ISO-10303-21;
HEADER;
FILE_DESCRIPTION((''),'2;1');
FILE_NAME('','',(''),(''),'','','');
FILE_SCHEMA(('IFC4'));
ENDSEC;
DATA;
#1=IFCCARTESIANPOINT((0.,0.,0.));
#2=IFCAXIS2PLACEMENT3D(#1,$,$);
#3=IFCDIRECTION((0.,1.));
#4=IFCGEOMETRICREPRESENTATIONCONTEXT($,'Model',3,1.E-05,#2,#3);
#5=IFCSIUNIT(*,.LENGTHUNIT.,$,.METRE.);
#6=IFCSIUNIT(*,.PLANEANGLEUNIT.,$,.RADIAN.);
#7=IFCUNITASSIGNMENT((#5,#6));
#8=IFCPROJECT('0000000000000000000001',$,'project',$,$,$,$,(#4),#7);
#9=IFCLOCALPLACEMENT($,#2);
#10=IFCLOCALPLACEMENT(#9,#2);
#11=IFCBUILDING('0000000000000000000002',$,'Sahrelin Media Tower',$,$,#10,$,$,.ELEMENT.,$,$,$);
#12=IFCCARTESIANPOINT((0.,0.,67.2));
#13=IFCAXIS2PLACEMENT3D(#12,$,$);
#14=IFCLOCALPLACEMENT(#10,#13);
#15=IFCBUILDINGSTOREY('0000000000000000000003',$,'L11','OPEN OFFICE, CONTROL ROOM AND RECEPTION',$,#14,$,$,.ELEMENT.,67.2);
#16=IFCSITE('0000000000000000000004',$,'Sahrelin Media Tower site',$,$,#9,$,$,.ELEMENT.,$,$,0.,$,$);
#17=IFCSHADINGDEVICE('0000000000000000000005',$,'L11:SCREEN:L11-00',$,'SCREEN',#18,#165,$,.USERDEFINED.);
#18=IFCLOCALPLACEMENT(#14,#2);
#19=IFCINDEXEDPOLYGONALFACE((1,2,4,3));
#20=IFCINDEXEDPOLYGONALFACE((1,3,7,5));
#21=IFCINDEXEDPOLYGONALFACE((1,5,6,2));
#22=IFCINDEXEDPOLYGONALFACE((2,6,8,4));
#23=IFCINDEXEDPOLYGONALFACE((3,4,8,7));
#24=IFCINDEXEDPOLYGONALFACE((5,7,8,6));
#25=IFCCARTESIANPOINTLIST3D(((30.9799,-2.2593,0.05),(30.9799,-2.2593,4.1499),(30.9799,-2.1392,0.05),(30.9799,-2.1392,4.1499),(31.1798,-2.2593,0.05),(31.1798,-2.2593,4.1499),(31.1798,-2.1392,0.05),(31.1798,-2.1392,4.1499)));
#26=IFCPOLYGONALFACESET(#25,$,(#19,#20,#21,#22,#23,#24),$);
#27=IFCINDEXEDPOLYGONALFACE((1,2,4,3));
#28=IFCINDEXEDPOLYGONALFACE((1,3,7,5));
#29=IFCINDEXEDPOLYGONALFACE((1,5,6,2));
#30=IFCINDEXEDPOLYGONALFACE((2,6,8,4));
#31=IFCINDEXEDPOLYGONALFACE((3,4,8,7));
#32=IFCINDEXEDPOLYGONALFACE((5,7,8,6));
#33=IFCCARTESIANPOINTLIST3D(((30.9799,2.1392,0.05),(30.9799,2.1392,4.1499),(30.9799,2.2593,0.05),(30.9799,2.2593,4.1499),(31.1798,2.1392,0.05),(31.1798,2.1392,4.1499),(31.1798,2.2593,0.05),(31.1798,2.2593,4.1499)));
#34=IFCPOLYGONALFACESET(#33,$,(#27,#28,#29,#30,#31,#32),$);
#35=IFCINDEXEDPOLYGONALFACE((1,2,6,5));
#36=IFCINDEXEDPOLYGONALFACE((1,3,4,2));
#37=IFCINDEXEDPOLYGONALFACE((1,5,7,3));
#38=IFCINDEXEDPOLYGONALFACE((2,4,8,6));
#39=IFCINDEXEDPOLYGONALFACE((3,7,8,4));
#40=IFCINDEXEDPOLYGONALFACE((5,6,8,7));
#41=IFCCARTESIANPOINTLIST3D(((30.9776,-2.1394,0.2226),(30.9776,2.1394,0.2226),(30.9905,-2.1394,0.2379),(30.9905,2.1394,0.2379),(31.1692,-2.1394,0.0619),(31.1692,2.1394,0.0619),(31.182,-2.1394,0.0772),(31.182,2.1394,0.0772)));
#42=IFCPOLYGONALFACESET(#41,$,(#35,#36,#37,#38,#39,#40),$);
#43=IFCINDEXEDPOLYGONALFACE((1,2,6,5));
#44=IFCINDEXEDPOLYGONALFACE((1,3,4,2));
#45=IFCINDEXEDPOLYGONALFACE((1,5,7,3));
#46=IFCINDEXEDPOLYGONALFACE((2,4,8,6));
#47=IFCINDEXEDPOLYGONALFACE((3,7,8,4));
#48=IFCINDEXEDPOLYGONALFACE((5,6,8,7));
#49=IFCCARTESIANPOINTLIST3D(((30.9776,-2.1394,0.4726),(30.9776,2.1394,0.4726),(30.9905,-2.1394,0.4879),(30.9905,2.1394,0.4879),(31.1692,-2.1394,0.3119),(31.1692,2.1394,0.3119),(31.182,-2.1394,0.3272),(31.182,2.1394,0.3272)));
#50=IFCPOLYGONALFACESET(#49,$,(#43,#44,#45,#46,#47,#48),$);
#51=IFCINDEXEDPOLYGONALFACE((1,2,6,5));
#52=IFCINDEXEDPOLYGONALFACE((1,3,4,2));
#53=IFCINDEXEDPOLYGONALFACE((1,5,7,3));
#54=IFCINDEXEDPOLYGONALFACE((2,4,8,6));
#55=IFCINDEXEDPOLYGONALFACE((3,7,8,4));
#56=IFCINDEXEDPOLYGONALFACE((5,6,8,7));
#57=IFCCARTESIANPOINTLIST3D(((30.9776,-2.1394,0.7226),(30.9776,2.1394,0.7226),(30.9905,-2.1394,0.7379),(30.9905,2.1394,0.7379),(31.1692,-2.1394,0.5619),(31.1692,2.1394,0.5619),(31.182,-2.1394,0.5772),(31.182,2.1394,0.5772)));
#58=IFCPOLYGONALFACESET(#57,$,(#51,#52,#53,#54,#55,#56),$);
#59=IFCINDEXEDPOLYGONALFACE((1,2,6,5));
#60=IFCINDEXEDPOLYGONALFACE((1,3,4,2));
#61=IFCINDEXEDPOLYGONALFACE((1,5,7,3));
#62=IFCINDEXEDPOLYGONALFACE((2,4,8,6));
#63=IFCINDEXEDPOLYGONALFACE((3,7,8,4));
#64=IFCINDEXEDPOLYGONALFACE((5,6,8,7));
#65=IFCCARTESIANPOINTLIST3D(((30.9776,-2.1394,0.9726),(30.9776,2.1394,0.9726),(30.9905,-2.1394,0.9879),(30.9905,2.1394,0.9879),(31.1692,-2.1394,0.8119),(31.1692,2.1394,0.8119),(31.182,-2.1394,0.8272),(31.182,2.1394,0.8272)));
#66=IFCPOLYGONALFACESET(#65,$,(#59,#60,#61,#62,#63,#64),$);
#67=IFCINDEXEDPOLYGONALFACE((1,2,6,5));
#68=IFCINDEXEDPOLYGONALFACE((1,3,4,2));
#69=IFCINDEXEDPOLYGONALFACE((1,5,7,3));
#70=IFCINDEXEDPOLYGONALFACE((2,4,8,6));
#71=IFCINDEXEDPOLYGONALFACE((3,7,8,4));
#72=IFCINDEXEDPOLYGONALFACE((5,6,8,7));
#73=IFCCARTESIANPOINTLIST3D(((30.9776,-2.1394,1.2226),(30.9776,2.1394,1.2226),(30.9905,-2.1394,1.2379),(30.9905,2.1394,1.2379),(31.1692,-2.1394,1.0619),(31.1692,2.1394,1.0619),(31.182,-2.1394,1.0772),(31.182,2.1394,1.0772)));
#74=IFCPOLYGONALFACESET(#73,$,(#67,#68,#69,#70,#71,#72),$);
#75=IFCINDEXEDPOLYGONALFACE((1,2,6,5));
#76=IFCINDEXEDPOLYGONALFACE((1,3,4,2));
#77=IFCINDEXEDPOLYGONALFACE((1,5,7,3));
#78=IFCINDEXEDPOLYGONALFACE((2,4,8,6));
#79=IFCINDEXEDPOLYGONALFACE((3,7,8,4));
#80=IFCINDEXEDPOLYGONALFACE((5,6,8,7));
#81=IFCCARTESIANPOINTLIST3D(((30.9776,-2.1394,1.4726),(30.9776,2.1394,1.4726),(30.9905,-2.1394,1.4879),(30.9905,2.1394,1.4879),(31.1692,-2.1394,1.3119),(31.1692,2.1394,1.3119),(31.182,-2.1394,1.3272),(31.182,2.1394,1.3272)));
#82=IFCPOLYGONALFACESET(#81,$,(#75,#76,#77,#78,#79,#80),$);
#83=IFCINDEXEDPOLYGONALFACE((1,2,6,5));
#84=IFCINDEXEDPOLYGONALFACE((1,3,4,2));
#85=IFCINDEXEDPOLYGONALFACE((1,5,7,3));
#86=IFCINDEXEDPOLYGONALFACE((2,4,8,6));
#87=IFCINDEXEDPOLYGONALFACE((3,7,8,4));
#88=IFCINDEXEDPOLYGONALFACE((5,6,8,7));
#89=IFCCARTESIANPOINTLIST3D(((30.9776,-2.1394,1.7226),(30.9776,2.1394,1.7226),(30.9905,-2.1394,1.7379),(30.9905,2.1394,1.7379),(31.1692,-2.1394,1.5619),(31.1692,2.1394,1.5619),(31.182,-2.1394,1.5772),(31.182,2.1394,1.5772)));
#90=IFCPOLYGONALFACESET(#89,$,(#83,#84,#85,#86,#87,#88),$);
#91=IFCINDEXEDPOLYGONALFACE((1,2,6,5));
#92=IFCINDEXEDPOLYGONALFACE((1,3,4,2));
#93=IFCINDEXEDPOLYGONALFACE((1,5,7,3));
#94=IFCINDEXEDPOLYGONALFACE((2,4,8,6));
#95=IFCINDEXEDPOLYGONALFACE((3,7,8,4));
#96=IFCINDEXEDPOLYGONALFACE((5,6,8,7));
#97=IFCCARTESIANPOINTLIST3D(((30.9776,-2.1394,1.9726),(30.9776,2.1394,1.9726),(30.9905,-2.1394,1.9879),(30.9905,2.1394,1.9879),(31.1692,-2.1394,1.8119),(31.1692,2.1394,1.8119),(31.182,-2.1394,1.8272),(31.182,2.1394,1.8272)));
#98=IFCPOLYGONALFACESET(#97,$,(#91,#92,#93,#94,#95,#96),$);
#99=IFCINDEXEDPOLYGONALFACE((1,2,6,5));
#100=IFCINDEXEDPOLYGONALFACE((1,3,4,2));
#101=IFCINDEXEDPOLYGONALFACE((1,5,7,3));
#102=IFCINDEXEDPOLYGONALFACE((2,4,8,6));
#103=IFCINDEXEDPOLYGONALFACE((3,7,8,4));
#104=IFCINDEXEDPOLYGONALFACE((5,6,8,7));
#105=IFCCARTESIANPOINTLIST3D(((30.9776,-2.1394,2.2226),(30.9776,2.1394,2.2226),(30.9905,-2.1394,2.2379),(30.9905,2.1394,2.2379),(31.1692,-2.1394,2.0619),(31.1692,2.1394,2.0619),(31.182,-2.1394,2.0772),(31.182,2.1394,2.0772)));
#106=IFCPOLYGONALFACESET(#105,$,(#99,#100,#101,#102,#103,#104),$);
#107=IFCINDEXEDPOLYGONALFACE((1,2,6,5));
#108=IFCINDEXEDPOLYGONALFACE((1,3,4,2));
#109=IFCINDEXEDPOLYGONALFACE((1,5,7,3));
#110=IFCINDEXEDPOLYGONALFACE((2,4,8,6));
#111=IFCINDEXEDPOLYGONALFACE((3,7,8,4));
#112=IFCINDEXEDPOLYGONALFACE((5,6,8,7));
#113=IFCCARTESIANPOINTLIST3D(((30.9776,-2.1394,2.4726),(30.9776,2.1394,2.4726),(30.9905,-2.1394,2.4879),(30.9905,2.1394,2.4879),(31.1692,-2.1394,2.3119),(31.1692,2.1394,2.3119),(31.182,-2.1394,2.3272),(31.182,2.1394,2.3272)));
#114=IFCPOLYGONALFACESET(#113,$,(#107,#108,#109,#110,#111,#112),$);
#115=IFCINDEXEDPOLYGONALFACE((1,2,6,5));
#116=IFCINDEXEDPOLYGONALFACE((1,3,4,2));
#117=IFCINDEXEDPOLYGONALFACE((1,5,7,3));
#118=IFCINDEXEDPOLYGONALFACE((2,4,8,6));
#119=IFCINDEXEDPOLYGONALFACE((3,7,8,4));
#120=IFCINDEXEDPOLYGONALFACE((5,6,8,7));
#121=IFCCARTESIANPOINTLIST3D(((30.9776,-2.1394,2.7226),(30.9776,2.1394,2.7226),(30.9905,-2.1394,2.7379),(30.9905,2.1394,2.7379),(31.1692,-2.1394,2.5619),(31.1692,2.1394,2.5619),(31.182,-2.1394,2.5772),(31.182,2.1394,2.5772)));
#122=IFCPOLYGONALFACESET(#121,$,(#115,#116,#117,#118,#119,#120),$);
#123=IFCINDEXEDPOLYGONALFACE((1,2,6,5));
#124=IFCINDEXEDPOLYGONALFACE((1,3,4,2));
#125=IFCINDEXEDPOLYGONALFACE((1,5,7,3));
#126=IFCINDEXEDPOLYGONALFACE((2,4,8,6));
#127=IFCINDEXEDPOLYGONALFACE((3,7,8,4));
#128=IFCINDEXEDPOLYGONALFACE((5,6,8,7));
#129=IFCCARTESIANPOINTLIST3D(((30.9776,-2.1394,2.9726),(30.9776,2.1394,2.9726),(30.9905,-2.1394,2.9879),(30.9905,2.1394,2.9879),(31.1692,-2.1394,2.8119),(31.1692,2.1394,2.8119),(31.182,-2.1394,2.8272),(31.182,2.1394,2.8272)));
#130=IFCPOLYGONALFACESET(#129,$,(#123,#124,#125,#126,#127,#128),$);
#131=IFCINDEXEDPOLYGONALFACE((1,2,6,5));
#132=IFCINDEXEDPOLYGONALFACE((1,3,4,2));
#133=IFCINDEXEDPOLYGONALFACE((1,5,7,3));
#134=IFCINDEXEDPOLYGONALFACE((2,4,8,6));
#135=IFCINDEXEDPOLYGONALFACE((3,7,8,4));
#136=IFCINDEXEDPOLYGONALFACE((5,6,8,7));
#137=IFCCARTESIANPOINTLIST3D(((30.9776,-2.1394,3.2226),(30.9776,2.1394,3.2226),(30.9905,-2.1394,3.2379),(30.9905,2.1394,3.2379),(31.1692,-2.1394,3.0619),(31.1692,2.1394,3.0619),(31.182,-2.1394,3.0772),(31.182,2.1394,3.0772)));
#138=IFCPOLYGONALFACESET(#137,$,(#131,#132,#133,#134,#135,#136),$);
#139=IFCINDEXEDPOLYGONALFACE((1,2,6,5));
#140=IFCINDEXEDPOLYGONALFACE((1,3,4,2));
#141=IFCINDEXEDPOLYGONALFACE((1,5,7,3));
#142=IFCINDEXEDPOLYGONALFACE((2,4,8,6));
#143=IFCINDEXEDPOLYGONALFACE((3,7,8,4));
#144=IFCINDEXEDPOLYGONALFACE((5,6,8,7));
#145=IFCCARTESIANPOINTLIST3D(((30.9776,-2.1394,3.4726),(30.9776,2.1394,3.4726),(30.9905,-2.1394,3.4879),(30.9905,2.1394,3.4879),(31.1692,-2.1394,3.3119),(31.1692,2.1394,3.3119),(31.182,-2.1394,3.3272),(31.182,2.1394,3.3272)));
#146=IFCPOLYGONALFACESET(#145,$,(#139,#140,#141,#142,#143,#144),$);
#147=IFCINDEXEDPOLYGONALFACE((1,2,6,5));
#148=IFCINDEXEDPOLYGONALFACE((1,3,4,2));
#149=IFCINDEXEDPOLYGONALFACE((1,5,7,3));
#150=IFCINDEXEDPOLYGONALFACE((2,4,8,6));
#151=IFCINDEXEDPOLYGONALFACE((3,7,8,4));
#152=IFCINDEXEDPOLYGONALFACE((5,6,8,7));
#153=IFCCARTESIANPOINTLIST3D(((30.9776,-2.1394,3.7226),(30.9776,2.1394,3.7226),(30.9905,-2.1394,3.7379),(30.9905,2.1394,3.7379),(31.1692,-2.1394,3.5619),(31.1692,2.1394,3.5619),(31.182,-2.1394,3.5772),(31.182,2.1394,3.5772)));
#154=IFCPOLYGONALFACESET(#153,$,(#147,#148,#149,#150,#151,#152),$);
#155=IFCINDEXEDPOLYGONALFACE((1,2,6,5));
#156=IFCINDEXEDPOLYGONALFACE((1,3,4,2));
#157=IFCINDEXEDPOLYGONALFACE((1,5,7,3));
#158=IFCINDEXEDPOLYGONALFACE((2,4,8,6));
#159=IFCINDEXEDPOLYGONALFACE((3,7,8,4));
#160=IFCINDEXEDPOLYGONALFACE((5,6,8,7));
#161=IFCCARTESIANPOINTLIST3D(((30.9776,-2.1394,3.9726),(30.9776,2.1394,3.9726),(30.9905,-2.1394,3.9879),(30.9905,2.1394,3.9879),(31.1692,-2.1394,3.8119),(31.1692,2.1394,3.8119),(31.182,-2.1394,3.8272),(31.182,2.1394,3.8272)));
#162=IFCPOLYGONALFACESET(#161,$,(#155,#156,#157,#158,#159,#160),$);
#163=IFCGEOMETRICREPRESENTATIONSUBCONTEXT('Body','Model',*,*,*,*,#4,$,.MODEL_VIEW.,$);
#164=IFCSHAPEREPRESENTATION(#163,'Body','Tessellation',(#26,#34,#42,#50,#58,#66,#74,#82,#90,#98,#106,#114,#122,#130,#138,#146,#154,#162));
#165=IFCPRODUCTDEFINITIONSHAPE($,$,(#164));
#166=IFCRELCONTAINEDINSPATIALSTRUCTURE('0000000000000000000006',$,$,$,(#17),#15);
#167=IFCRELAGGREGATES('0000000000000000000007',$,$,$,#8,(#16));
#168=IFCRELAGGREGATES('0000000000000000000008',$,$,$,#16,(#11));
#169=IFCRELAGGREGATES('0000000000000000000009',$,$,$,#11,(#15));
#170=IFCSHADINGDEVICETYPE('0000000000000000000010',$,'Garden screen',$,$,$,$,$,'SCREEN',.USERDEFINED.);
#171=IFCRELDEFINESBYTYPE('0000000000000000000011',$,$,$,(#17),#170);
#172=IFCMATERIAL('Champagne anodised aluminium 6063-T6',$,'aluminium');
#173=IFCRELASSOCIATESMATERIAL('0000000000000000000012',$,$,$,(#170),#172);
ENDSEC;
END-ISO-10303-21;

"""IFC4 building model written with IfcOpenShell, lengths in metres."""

from ifc_helpers import new_model, si_unit, direction, frame, origin, origin_2d, place, context, subcontext, project, spatial, rectangle, extrude, material, type_object, element, save


model = new_model("IFC4")

# Units and contexts
model_context = context("Model", 3, precision=1e-05, world=origin(), true_north=direction((0.0, 1.0)))
body_context = subcontext(model_context, "Body", "Model", "MODEL_VIEW")
ifc_project = project(units=[si_unit("LENGTHUNIT", "METRE"), si_unit("PLANEANGLEUNIT", "RADIAN")], contexts=[model_context])

# Site, building, storey
site_placement = place(None, origin())
site = spatial("IfcSite", under=ifc_project, at=site_placement, Name="Sahrelin Media Tower site", CompositionType="ELEMENT", RefElevation=0.0)
building_placement = place(site_placement, origin())
building = spatial("IfcBuilding", under=site, at=building_placement, Name="Sahrelin Media Tower", CompositionType="ELEMENT")
storey_placement = place(building_placement, frame((0.0, 0.0, 67.2)))
storey = spatial("IfcBuildingStorey", under=building, at=storey_placement, Name="L11", Description="OPEN OFFICE, CONTROL ROOM AND RECEPTION", CompositionType="ELEMENT", Elevation=67.2)

# Shading device
ifc_material_1 = material(Name="Champagne anodised aluminium 6063-T6", Category="aluminium")
shading_device_type = type_object("IfcShadingDeviceType", Name="Garden screen", ElementType="SCREEN", PredefinedType="USERDEFINED", material=ifc_material_1)
shading_device_1_placement = place(storey_placement, frame((30.9797, 0.0, 0.0), z_axis=(0.0, 0.0, 1.0), x_axis=(0.0, -1.0, 0.0)))
element("IfcShadingDevice", 1, at=shading_device_1_placement, inside=storey, type_object=shading_device_type, Name="L11:SCREEN:L11-00", ObjectType="SCREEN", PredefinedType="USERDEFINED", context=body_context, shape_type="SweptSolid", body=[
    extrude(rectangle(XDim=0.1201, YDim=0.2, at=origin_2d()), frame((2.1992, 0.1001, 0.05), z_axis=(0.0, 0.0, 1.0), x_axis=(1.0, 0.0, 0.0)), (0.0, 0.0, 1.0), 4.0999),
    extrude(rectangle(XDim=0.1201, YDim=0.2, at=origin_2d()), frame((-2.1992, 0.1001, 0.05), z_axis=(0.0, 0.0, 1.0), x_axis=(1.0, 0.0, 0.0)), (0.0, 0.0, 1.0), 4.0999),
    extrude(rectangle(XDim=0.25, YDim=0.02, at=origin_2d()), frame((2.1394, 0.1001, 0.1499), z_axis=(-1.0, 0.0, 0.0), x_axis=(0.0, -0.766044, 0.642788)), (0.0, 0.0, 1.0), 4.2788),
    extrude(rectangle(XDim=0.25, YDim=0.02, at=origin_2d()), frame((2.1394, 0.1001, 0.3999), z_axis=(-1.0, 0.0, 0.0), x_axis=(0.0, -0.766044, 0.642788)), (0.0, 0.0, 1.0), 4.2788),
    extrude(rectangle(XDim=0.25, YDim=0.02, at=origin_2d()), frame((2.1394, 0.1001, 0.6499), z_axis=(-1.0, 0.0, 0.0), x_axis=(0.0, -0.766044, 0.642788)), (0.0, 0.0, 1.0), 4.2788),
    extrude(rectangle(XDim=0.25, YDim=0.02, at=origin_2d()), frame((2.1394, 0.1001, 0.8999), z_axis=(-1.0, 0.0, 0.0), x_axis=(0.0, -0.766044, 0.642788)), (0.0, 0.0, 1.0), 4.2788),
    extrude(rectangle(XDim=0.25, YDim=0.02, at=origin_2d()), frame((2.1394, 0.1001, 1.1499), z_axis=(-1.0, 0.0, 0.0), x_axis=(0.0, -0.766044, 0.642788)), (0.0, 0.0, 1.0), 4.2788),
    extrude(rectangle(XDim=0.25, YDim=0.02, at=origin_2d()), frame((2.1394, 0.1001, 1.3999), z_axis=(-1.0, 0.0, 0.0), x_axis=(0.0, -0.766044, 0.642788)), (0.0, 0.0, 1.0), 4.2788),
    extrude(rectangle(XDim=0.25, YDim=0.02, at=origin_2d()), frame((2.1394, 0.1001, 1.6499), z_axis=(-1.0, 0.0, 0.0), x_axis=(0.0, -0.766044, 0.642788)), (0.0, 0.0, 1.0), 4.2788),
    extrude(rectangle(XDim=0.25, YDim=0.02, at=origin_2d()), frame((2.1394, 0.1001, 1.8999), z_axis=(-1.0, 0.0, 0.0), x_axis=(0.0, -0.766044, 0.642788)), (0.0, 0.0, 1.0), 4.2788),
    extrude(rectangle(XDim=0.25, YDim=0.02, at=origin_2d()), frame((2.1394, 0.1001, 2.1499), z_axis=(-1.0, 0.0, 0.0), x_axis=(0.0, -0.766044, 0.642788)), (0.0, 0.0, 1.0), 4.2788),
    extrude(rectangle(XDim=0.25, YDim=0.02, at=origin_2d()), frame((2.1394, 0.1001, 2.3999), z_axis=(-1.0, 0.0, 0.0), x_axis=(0.0, -0.766044, 0.642788)), (0.0, 0.0, 1.0), 4.2788),
    extrude(rectangle(XDim=0.25, YDim=0.02, at=origin_2d()), frame((2.1394, 0.1001, 2.6499), z_axis=(-1.0, 0.0, 0.0), x_axis=(0.0, -0.766044, 0.642788)), (0.0, 0.0, 1.0), 4.2788),
    extrude(rectangle(XDim=0.25, YDim=0.02, at=origin_2d()), frame((2.1394, 0.1001, 2.8999), z_axis=(-1.0, 0.0, 0.0), x_axis=(0.0, -0.766044, 0.642788)), (0.0, 0.0, 1.0), 4.2788),
    extrude(rectangle(XDim=0.25, YDim=0.02, at=origin_2d()), frame((2.1394, 0.1001, 3.1499), z_axis=(-1.0, 0.0, 0.0), x_axis=(0.0, -0.766044, 0.642788)), (0.0, 0.0, 1.0), 4.2788),
    extrude(rectangle(XDim=0.25, YDim=0.02, at=origin_2d()), frame((2.1394, 0.1001, 3.3999), z_axis=(-1.0, 0.0, 0.0), x_axis=(0.0, -0.766044, 0.642788)), (0.0, 0.0, 1.0), 4.2788),
    extrude(rectangle(XDim=0.25, YDim=0.02, at=origin_2d()), frame((2.1394, 0.1001, 3.6499), z_axis=(-1.0, 0.0, 0.0), x_axis=(0.0, -0.766044, 0.642788)), (0.0, 0.0, 1.0), 4.2788),
    extrude(rectangle(XDim=0.25, YDim=0.02, at=origin_2d()), frame((2.1394, 0.1001, 3.8999), z_axis=(-1.0, 0.0, 0.0), x_axis=(0.0, -0.766044, 0.642788)), (0.0, 0.0, 1.0), 4.2788),
])

save(model, "model.ifc")
